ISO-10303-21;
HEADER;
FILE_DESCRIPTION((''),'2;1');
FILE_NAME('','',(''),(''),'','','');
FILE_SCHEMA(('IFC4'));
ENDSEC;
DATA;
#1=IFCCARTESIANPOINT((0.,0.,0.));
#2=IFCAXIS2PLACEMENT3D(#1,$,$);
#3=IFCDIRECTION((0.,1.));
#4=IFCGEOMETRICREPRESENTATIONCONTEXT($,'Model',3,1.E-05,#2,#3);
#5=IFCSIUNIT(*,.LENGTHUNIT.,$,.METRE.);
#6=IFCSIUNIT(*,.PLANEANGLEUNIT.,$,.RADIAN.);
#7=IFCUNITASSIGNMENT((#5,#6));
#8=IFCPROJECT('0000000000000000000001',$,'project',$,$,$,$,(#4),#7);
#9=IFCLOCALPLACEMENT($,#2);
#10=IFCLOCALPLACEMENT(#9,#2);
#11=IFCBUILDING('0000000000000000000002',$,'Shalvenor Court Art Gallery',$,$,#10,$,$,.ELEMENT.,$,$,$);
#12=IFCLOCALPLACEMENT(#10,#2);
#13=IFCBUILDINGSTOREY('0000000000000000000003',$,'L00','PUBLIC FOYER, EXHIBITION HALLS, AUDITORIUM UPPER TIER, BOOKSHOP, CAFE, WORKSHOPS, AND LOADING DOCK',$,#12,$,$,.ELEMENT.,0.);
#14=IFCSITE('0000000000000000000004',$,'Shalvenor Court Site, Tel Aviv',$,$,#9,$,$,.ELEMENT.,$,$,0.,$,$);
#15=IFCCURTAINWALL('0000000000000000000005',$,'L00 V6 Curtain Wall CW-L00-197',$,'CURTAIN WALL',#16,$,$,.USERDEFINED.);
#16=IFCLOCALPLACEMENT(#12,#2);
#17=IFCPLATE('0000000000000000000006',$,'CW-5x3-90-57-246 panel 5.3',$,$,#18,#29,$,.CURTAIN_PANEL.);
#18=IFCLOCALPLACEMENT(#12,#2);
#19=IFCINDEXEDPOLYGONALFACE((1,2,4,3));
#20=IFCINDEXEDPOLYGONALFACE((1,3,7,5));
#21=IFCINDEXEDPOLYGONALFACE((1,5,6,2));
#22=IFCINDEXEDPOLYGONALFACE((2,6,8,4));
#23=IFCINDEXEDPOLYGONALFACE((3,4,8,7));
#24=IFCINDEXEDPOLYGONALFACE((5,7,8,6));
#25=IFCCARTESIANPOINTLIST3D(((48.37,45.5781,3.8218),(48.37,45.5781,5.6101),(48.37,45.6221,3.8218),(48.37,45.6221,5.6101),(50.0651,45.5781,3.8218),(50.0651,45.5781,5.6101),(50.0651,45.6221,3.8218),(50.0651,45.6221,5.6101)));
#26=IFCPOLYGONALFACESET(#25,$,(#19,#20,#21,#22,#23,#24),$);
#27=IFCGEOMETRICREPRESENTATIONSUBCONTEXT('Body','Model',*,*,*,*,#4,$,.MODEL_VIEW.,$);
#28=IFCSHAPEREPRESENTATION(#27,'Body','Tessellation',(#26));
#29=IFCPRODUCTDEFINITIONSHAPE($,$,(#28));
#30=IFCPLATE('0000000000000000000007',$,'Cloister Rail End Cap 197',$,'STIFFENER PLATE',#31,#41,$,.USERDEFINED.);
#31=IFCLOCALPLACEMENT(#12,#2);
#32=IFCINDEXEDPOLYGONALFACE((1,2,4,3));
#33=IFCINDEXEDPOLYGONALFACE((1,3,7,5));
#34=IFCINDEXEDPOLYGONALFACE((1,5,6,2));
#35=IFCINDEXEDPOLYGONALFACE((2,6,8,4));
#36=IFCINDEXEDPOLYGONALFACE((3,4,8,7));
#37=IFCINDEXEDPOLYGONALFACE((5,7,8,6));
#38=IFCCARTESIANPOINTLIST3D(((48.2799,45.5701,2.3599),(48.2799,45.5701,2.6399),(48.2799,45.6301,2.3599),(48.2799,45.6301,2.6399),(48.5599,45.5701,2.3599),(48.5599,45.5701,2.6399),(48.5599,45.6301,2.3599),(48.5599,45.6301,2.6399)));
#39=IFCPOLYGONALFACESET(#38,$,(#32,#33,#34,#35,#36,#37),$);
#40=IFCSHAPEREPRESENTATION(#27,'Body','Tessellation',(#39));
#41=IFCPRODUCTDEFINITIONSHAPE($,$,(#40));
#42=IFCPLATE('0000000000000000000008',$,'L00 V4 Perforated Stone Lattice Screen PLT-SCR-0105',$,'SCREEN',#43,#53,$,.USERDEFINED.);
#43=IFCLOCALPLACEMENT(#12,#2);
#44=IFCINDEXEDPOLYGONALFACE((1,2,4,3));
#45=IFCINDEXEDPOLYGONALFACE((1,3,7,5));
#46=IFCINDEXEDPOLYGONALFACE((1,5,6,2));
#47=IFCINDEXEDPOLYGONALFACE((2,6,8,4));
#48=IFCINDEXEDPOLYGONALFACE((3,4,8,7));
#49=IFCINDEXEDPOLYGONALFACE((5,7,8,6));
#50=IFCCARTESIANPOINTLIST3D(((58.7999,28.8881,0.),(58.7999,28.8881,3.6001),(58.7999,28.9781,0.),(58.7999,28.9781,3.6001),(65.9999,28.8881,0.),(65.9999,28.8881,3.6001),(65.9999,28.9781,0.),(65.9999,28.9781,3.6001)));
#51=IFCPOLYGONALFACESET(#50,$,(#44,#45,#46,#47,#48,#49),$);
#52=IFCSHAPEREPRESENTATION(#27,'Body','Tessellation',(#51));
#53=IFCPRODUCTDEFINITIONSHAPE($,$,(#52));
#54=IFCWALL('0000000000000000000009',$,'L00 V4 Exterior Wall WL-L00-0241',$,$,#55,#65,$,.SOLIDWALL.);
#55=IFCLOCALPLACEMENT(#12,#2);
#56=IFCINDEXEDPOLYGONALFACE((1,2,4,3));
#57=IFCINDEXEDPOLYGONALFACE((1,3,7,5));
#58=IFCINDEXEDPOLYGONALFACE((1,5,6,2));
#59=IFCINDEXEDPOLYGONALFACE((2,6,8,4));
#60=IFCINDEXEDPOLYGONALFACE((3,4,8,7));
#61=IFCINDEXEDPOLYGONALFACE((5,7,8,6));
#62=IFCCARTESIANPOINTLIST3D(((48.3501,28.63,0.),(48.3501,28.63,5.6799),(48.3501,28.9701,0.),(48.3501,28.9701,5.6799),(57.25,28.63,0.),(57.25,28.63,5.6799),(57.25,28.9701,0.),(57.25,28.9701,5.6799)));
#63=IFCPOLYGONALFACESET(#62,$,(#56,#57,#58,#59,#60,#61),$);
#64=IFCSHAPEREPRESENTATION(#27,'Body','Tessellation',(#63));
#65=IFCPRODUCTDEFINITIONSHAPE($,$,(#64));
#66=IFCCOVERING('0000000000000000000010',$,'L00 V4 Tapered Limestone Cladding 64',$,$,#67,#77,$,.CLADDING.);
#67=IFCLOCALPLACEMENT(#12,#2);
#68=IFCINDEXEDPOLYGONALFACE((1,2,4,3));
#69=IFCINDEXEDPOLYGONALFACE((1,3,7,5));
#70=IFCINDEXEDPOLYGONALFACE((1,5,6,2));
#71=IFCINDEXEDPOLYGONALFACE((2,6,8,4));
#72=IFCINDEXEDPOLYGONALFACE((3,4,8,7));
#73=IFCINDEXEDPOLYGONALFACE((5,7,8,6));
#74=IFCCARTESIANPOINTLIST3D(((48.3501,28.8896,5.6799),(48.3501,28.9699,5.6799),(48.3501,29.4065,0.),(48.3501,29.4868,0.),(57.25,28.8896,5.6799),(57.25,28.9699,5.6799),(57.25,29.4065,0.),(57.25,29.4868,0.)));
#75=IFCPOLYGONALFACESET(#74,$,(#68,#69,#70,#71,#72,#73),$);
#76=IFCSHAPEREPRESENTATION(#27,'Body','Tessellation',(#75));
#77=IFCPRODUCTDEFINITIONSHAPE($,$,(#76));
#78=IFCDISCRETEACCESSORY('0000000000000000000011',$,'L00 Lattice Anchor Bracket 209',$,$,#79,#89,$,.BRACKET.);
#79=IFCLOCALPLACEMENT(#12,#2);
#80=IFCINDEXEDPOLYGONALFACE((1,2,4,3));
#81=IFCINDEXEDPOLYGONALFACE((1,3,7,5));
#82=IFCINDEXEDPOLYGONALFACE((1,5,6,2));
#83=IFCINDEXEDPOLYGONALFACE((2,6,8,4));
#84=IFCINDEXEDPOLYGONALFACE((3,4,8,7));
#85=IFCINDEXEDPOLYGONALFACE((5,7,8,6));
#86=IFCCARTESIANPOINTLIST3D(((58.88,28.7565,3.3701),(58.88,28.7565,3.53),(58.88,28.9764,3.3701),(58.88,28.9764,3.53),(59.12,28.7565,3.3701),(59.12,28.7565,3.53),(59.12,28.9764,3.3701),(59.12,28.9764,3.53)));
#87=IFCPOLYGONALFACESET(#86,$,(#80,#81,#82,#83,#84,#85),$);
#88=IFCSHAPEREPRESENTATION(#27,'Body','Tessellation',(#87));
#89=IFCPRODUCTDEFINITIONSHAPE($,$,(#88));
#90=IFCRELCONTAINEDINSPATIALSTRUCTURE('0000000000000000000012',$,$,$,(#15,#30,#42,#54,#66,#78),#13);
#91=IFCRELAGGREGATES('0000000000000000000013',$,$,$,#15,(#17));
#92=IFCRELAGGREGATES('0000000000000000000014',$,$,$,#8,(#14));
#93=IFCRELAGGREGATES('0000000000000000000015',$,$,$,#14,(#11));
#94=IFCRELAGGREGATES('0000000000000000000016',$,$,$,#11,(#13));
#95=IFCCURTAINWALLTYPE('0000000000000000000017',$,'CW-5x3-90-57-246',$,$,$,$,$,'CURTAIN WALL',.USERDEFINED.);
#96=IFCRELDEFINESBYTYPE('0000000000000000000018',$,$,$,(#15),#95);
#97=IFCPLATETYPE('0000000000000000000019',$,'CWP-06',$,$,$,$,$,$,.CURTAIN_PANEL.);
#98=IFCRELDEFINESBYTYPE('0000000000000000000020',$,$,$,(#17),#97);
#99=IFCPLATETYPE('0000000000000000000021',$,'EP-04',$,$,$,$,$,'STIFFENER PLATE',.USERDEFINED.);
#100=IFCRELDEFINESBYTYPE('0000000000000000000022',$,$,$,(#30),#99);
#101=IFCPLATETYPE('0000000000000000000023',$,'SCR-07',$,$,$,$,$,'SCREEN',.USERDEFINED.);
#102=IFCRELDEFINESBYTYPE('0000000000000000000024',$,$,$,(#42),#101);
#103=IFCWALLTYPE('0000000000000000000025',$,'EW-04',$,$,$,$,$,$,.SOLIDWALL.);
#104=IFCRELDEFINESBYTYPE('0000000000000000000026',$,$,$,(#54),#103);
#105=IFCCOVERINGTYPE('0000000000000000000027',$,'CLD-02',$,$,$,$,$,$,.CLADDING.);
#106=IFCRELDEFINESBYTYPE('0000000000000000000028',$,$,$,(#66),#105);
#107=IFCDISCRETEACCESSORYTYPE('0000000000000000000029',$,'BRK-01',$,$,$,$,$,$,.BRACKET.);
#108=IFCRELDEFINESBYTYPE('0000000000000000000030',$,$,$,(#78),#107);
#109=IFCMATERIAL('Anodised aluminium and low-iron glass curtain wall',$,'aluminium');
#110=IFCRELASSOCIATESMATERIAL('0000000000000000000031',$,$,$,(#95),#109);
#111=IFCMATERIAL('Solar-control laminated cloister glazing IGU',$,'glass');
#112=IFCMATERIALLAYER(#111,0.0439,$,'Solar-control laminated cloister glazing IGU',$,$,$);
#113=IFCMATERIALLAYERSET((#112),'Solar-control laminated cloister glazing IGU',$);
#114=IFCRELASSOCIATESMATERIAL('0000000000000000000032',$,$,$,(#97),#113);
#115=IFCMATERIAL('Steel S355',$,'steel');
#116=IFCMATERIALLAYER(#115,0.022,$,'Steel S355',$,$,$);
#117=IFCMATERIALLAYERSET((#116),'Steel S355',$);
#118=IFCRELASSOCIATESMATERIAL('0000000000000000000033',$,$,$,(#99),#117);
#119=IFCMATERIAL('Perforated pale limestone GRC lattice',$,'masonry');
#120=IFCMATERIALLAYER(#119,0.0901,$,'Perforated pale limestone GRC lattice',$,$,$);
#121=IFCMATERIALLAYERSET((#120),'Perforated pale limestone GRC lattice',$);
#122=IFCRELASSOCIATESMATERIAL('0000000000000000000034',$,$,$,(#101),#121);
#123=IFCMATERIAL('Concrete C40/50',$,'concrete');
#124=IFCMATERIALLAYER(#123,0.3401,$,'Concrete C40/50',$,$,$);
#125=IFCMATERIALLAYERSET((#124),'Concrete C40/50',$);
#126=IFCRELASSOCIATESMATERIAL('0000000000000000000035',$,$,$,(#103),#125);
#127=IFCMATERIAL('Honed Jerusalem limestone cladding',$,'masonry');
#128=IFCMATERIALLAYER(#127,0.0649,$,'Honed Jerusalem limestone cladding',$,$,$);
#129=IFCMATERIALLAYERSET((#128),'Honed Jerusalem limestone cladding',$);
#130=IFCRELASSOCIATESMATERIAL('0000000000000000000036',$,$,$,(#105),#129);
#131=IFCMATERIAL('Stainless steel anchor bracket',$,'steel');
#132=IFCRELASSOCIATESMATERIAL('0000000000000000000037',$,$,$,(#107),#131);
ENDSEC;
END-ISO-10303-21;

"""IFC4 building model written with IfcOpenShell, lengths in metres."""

from ifc_helpers import new_model, si_unit, direction, frame, frame_2d, origin, origin_2d, place, context, subcontext, project, spatial, polyline, rectangle, outline, extrude, material, layer, layer_set, type_object, element, aggregate, save


model = new_model("IFC4")

# Units and contexts
model_context = context("Model", 3, precision=1e-05, world=origin(), true_north=direction((0.0, 1.0)))
body_context = subcontext(model_context, "Body", "Model", "MODEL_VIEW")
ifc_project = project(units=[si_unit("LENGTHUNIT", "METRE"), si_unit("PLANEANGLEUNIT", "RADIAN")], contexts=[model_context])

# Site, building, storey
site_placement = place(None, origin())
site = spatial("IfcSite", under=ifc_project, at=site_placement, Name="Shalvenor Court Site, Tel Aviv", CompositionType="ELEMENT", RefElevation=0.0)
building_placement = place(site_placement, origin())
building = spatial("IfcBuilding", under=site, at=building_placement, Name="Shalvenor Court Art Gallery", CompositionType="ELEMENT")
storey_placement = place(building_placement, origin())
storey = spatial("IfcBuildingStorey", under=building, at=storey_placement, Name="L00", Description="PUBLIC FOYER, EXHIBITION HALLS, AUDITORIUM UPPER TIER, BOOKSHOP, CAFE, WORKSHOPS, AND LOADING DOCK", CompositionType="ELEMENT", Elevation=0.0)

# Curtain wall
ifc_material_1 = material(Name="Anodised aluminium and low-iron glass curtain wall", Category="aluminium")
curtain_wall_type_1 = type_object("IfcCurtainWallType", Name="CW-5x3-90-57-246", ElementType="CURTAIN WALL", PredefinedType="USERDEFINED", material=ifc_material_1)
curtain_wall_1_placement = place(storey_placement, origin())
curtain_wall_1 = element("IfcCurtainWall", 1, at=curtain_wall_1_placement, inside=storey, type_object=curtain_wall_type_1, Name="L00 V6 Curtain Wall CW-L00-197", ObjectType="CURTAIN WALL", PredefinedType="USERDEFINED")

# Plate
ifc_material_2 = material(Name="Solar-control laminated cloister glazing IGU", Category="glass")
ifc_layer_1 = layer(ifc_material_2, 0.0439, Name="Solar-control laminated cloister glazing IGU")
ifc_layer_set_1 = layer_set([ifc_layer_1], Name="Solar-control laminated cloister glazing IGU")
plate_type_1 = type_object("IfcPlateType", Name="CWP-06", PredefinedType="CURTAIN_PANEL", material=ifc_layer_set_1)
plate_1_placement = place(storey_placement, frame((49.2175, 45.6001, 3.8218), z_axis=(0.0, 0.0, 1.0), x_axis=(-1.0, 0.0, 0.0)))
plate_1 = element("IfcPlate", 2, at=plate_1_placement, type_object=plate_type_1, Name="CW-5x3-90-57-246 panel 5.3", PredefinedType="CURTAIN_PANEL", context=body_context, shape_type="SweptSolid", body=[
    extrude(rectangle(XDim=1.6951, YDim=0.0439, at=origin_2d()), origin(), (0.0, 0.0, 1.0), 1.7883),
])
aggregate(curtain_wall_1, [plate_1])

# Plates
ifc_material_3 = material(Name="Steel S355", Category="steel")
ifc_layer_2 = layer(ifc_material_3, 0.022, Name="Steel S355")
ifc_layer_set_2 = layer_set([ifc_layer_2], Name="Steel S355")
plate_type_2 = type_object("IfcPlateType", Name="EP-04", ElementType="STIFFENER PLATE", PredefinedType="USERDEFINED", material=ifc_layer_set_2)
plate_2_placement = place(storey_placement, frame((48.4199, 45.6001, 2.3599), z_axis=(0.0, 0.0, 1.0), x_axis=(1.0, 0.0, 0.0)))
element("IfcPlate", 3, at=plate_2_placement, inside=storey, type_object=plate_type_2, Name="Cloister Rail End Cap 197", ObjectType="STIFFENER PLATE", PredefinedType="USERDEFINED", context=body_context, shape_type="SweptSolid", body=[
    extrude(rectangle(XDim=0.28, YDim=0.0601, at=origin_2d()), origin(), (0.0, 0.0, 1.0), 0.28),
])
ifc_material_4 = material(Name="Perforated pale limestone GRC lattice", Category="masonry")
ifc_layer_3 = layer(ifc_material_4, 0.0901, Name="Perforated pale limestone GRC lattice")
ifc_layer_set_3 = layer_set([ifc_layer_3], Name="Perforated pale limestone GRC lattice")
plate_type_3 = type_object("IfcPlateType", Name="SCR-07", ElementType="SCREEN", PredefinedType="USERDEFINED", material=ifc_layer_set_3)
plate_3_placement = place(storey_placement, frame((62.3999, 28.9331, 0.0), z_axis=(0.0, 0.0, 1.0), x_axis=(1.0, 0.0, 0.0)))
element("IfcPlate", 4, at=plate_3_placement, inside=storey, type_object=plate_type_3, Name="L00 V4 Perforated Stone Lattice Screen PLT-SCR-0105", ObjectType="SCREEN", PredefinedType="USERDEFINED", context=body_context, shape_type="SweptSolid", body=[
    extrude(rectangle(XDim=7.2, YDim=0.0901, at=origin_2d()), origin(), (0.0, 0.0, 1.0), 3.6001),
])

# Wall
ifc_material_5 = material(Name="Concrete C40/50", Category="concrete")
ifc_layer_4 = layer(ifc_material_5, 0.3401, Name="Concrete C40/50")
ifc_layer_set_4 = layer_set([ifc_layer_4], Name="Concrete C40/50")
wall_type = type_object("IfcWallType", Name="EW-04", PredefinedType="SOLIDWALL", material=ifc_layer_set_4)
wall_placement = place(storey_placement, frame((48.3501, 28.8, 0.0), z_axis=(0.0, 0.0, 1.0), x_axis=(1.0, 0.0, 0.0)))
element("IfcWall", 5, at=wall_placement, inside=storey, type_object=wall_type, Name="L00 V4 Exterior Wall WL-L00-0241", PredefinedType="SOLIDWALL", context=body_context, shape_type="SweptSolid", body=[
    extrude(rectangle(XDim=8.8999, YDim=0.3401, at=frame_2d((4.45, 0.0))), origin(), (0.0, 0.0, 1.0), 5.6799),
])

# Covering
ifc_material_6 = material(Name="Honed Jerusalem limestone cladding", Category="masonry")
ifc_layer_5 = layer(ifc_material_6, 0.0649, Name="Honed Jerusalem limestone cladding")
ifc_layer_set_5 = layer_set([ifc_layer_5], Name="Honed Jerusalem limestone cladding")
covering_type = type_object("IfcCoveringType", Name="CLD-02", PredefinedType="CLADDING", material=ifc_layer_set_5)
covering_placement = place(storey_placement, frame((57.25, 29.4868, 0.0), z_axis=(0.0, 0.0, 1.0), x_axis=(-1.0, 0.0, 0.0)))
element("IfcCovering", 6, at=covering_placement, inside=storey, type_object=covering_type, Name="L00 V4 Tapered Limestone Cladding 64", PredefinedType="CLADDING", context=body_context, shape_type="SweptSolid", body=[
    extrude(outline(polyline([(0.0, 0.0), (8.8999, 0.0), (8.8999, 5.7034), (0.0, 5.7034), (0.0, 0.0)])), frame((0.0, 0.0, 0.0), z_axis=(0.0, -0.995884, 0.090633), x_axis=(1.0, 0.0, 0.0)), (0.0, 0.090633, -0.995884), 0.0803),
])

# Discrete accessory
ifc_material_7 = material(Name="Stainless steel anchor bracket", Category="steel")
discrete_accessory_type = type_object("IfcDiscreteAccessoryType", Name="BRK-01", PredefinedType="BRACKET", material=ifc_material_7)
discrete_accessory_placement = place(storey_placement, frame((59.0, 28.8665, 3.3701), z_axis=(0.0, 0.0, 1.0), x_axis=(1.0, 0.0, 0.0)))
element("IfcDiscreteAccessory", 7, at=discrete_accessory_placement, inside=storey, type_object=discrete_accessory_type, Name="L00 Lattice Anchor Bracket 209", PredefinedType="BRACKET", context=body_context, shape_type="SweptSolid", body=[
    extrude(rectangle(XDim=0.24, YDim=0.22, at=origin_2d()), origin(), (0.0, 0.0, 1.0), 0.1599),
])

save(model, "model.ifc")
